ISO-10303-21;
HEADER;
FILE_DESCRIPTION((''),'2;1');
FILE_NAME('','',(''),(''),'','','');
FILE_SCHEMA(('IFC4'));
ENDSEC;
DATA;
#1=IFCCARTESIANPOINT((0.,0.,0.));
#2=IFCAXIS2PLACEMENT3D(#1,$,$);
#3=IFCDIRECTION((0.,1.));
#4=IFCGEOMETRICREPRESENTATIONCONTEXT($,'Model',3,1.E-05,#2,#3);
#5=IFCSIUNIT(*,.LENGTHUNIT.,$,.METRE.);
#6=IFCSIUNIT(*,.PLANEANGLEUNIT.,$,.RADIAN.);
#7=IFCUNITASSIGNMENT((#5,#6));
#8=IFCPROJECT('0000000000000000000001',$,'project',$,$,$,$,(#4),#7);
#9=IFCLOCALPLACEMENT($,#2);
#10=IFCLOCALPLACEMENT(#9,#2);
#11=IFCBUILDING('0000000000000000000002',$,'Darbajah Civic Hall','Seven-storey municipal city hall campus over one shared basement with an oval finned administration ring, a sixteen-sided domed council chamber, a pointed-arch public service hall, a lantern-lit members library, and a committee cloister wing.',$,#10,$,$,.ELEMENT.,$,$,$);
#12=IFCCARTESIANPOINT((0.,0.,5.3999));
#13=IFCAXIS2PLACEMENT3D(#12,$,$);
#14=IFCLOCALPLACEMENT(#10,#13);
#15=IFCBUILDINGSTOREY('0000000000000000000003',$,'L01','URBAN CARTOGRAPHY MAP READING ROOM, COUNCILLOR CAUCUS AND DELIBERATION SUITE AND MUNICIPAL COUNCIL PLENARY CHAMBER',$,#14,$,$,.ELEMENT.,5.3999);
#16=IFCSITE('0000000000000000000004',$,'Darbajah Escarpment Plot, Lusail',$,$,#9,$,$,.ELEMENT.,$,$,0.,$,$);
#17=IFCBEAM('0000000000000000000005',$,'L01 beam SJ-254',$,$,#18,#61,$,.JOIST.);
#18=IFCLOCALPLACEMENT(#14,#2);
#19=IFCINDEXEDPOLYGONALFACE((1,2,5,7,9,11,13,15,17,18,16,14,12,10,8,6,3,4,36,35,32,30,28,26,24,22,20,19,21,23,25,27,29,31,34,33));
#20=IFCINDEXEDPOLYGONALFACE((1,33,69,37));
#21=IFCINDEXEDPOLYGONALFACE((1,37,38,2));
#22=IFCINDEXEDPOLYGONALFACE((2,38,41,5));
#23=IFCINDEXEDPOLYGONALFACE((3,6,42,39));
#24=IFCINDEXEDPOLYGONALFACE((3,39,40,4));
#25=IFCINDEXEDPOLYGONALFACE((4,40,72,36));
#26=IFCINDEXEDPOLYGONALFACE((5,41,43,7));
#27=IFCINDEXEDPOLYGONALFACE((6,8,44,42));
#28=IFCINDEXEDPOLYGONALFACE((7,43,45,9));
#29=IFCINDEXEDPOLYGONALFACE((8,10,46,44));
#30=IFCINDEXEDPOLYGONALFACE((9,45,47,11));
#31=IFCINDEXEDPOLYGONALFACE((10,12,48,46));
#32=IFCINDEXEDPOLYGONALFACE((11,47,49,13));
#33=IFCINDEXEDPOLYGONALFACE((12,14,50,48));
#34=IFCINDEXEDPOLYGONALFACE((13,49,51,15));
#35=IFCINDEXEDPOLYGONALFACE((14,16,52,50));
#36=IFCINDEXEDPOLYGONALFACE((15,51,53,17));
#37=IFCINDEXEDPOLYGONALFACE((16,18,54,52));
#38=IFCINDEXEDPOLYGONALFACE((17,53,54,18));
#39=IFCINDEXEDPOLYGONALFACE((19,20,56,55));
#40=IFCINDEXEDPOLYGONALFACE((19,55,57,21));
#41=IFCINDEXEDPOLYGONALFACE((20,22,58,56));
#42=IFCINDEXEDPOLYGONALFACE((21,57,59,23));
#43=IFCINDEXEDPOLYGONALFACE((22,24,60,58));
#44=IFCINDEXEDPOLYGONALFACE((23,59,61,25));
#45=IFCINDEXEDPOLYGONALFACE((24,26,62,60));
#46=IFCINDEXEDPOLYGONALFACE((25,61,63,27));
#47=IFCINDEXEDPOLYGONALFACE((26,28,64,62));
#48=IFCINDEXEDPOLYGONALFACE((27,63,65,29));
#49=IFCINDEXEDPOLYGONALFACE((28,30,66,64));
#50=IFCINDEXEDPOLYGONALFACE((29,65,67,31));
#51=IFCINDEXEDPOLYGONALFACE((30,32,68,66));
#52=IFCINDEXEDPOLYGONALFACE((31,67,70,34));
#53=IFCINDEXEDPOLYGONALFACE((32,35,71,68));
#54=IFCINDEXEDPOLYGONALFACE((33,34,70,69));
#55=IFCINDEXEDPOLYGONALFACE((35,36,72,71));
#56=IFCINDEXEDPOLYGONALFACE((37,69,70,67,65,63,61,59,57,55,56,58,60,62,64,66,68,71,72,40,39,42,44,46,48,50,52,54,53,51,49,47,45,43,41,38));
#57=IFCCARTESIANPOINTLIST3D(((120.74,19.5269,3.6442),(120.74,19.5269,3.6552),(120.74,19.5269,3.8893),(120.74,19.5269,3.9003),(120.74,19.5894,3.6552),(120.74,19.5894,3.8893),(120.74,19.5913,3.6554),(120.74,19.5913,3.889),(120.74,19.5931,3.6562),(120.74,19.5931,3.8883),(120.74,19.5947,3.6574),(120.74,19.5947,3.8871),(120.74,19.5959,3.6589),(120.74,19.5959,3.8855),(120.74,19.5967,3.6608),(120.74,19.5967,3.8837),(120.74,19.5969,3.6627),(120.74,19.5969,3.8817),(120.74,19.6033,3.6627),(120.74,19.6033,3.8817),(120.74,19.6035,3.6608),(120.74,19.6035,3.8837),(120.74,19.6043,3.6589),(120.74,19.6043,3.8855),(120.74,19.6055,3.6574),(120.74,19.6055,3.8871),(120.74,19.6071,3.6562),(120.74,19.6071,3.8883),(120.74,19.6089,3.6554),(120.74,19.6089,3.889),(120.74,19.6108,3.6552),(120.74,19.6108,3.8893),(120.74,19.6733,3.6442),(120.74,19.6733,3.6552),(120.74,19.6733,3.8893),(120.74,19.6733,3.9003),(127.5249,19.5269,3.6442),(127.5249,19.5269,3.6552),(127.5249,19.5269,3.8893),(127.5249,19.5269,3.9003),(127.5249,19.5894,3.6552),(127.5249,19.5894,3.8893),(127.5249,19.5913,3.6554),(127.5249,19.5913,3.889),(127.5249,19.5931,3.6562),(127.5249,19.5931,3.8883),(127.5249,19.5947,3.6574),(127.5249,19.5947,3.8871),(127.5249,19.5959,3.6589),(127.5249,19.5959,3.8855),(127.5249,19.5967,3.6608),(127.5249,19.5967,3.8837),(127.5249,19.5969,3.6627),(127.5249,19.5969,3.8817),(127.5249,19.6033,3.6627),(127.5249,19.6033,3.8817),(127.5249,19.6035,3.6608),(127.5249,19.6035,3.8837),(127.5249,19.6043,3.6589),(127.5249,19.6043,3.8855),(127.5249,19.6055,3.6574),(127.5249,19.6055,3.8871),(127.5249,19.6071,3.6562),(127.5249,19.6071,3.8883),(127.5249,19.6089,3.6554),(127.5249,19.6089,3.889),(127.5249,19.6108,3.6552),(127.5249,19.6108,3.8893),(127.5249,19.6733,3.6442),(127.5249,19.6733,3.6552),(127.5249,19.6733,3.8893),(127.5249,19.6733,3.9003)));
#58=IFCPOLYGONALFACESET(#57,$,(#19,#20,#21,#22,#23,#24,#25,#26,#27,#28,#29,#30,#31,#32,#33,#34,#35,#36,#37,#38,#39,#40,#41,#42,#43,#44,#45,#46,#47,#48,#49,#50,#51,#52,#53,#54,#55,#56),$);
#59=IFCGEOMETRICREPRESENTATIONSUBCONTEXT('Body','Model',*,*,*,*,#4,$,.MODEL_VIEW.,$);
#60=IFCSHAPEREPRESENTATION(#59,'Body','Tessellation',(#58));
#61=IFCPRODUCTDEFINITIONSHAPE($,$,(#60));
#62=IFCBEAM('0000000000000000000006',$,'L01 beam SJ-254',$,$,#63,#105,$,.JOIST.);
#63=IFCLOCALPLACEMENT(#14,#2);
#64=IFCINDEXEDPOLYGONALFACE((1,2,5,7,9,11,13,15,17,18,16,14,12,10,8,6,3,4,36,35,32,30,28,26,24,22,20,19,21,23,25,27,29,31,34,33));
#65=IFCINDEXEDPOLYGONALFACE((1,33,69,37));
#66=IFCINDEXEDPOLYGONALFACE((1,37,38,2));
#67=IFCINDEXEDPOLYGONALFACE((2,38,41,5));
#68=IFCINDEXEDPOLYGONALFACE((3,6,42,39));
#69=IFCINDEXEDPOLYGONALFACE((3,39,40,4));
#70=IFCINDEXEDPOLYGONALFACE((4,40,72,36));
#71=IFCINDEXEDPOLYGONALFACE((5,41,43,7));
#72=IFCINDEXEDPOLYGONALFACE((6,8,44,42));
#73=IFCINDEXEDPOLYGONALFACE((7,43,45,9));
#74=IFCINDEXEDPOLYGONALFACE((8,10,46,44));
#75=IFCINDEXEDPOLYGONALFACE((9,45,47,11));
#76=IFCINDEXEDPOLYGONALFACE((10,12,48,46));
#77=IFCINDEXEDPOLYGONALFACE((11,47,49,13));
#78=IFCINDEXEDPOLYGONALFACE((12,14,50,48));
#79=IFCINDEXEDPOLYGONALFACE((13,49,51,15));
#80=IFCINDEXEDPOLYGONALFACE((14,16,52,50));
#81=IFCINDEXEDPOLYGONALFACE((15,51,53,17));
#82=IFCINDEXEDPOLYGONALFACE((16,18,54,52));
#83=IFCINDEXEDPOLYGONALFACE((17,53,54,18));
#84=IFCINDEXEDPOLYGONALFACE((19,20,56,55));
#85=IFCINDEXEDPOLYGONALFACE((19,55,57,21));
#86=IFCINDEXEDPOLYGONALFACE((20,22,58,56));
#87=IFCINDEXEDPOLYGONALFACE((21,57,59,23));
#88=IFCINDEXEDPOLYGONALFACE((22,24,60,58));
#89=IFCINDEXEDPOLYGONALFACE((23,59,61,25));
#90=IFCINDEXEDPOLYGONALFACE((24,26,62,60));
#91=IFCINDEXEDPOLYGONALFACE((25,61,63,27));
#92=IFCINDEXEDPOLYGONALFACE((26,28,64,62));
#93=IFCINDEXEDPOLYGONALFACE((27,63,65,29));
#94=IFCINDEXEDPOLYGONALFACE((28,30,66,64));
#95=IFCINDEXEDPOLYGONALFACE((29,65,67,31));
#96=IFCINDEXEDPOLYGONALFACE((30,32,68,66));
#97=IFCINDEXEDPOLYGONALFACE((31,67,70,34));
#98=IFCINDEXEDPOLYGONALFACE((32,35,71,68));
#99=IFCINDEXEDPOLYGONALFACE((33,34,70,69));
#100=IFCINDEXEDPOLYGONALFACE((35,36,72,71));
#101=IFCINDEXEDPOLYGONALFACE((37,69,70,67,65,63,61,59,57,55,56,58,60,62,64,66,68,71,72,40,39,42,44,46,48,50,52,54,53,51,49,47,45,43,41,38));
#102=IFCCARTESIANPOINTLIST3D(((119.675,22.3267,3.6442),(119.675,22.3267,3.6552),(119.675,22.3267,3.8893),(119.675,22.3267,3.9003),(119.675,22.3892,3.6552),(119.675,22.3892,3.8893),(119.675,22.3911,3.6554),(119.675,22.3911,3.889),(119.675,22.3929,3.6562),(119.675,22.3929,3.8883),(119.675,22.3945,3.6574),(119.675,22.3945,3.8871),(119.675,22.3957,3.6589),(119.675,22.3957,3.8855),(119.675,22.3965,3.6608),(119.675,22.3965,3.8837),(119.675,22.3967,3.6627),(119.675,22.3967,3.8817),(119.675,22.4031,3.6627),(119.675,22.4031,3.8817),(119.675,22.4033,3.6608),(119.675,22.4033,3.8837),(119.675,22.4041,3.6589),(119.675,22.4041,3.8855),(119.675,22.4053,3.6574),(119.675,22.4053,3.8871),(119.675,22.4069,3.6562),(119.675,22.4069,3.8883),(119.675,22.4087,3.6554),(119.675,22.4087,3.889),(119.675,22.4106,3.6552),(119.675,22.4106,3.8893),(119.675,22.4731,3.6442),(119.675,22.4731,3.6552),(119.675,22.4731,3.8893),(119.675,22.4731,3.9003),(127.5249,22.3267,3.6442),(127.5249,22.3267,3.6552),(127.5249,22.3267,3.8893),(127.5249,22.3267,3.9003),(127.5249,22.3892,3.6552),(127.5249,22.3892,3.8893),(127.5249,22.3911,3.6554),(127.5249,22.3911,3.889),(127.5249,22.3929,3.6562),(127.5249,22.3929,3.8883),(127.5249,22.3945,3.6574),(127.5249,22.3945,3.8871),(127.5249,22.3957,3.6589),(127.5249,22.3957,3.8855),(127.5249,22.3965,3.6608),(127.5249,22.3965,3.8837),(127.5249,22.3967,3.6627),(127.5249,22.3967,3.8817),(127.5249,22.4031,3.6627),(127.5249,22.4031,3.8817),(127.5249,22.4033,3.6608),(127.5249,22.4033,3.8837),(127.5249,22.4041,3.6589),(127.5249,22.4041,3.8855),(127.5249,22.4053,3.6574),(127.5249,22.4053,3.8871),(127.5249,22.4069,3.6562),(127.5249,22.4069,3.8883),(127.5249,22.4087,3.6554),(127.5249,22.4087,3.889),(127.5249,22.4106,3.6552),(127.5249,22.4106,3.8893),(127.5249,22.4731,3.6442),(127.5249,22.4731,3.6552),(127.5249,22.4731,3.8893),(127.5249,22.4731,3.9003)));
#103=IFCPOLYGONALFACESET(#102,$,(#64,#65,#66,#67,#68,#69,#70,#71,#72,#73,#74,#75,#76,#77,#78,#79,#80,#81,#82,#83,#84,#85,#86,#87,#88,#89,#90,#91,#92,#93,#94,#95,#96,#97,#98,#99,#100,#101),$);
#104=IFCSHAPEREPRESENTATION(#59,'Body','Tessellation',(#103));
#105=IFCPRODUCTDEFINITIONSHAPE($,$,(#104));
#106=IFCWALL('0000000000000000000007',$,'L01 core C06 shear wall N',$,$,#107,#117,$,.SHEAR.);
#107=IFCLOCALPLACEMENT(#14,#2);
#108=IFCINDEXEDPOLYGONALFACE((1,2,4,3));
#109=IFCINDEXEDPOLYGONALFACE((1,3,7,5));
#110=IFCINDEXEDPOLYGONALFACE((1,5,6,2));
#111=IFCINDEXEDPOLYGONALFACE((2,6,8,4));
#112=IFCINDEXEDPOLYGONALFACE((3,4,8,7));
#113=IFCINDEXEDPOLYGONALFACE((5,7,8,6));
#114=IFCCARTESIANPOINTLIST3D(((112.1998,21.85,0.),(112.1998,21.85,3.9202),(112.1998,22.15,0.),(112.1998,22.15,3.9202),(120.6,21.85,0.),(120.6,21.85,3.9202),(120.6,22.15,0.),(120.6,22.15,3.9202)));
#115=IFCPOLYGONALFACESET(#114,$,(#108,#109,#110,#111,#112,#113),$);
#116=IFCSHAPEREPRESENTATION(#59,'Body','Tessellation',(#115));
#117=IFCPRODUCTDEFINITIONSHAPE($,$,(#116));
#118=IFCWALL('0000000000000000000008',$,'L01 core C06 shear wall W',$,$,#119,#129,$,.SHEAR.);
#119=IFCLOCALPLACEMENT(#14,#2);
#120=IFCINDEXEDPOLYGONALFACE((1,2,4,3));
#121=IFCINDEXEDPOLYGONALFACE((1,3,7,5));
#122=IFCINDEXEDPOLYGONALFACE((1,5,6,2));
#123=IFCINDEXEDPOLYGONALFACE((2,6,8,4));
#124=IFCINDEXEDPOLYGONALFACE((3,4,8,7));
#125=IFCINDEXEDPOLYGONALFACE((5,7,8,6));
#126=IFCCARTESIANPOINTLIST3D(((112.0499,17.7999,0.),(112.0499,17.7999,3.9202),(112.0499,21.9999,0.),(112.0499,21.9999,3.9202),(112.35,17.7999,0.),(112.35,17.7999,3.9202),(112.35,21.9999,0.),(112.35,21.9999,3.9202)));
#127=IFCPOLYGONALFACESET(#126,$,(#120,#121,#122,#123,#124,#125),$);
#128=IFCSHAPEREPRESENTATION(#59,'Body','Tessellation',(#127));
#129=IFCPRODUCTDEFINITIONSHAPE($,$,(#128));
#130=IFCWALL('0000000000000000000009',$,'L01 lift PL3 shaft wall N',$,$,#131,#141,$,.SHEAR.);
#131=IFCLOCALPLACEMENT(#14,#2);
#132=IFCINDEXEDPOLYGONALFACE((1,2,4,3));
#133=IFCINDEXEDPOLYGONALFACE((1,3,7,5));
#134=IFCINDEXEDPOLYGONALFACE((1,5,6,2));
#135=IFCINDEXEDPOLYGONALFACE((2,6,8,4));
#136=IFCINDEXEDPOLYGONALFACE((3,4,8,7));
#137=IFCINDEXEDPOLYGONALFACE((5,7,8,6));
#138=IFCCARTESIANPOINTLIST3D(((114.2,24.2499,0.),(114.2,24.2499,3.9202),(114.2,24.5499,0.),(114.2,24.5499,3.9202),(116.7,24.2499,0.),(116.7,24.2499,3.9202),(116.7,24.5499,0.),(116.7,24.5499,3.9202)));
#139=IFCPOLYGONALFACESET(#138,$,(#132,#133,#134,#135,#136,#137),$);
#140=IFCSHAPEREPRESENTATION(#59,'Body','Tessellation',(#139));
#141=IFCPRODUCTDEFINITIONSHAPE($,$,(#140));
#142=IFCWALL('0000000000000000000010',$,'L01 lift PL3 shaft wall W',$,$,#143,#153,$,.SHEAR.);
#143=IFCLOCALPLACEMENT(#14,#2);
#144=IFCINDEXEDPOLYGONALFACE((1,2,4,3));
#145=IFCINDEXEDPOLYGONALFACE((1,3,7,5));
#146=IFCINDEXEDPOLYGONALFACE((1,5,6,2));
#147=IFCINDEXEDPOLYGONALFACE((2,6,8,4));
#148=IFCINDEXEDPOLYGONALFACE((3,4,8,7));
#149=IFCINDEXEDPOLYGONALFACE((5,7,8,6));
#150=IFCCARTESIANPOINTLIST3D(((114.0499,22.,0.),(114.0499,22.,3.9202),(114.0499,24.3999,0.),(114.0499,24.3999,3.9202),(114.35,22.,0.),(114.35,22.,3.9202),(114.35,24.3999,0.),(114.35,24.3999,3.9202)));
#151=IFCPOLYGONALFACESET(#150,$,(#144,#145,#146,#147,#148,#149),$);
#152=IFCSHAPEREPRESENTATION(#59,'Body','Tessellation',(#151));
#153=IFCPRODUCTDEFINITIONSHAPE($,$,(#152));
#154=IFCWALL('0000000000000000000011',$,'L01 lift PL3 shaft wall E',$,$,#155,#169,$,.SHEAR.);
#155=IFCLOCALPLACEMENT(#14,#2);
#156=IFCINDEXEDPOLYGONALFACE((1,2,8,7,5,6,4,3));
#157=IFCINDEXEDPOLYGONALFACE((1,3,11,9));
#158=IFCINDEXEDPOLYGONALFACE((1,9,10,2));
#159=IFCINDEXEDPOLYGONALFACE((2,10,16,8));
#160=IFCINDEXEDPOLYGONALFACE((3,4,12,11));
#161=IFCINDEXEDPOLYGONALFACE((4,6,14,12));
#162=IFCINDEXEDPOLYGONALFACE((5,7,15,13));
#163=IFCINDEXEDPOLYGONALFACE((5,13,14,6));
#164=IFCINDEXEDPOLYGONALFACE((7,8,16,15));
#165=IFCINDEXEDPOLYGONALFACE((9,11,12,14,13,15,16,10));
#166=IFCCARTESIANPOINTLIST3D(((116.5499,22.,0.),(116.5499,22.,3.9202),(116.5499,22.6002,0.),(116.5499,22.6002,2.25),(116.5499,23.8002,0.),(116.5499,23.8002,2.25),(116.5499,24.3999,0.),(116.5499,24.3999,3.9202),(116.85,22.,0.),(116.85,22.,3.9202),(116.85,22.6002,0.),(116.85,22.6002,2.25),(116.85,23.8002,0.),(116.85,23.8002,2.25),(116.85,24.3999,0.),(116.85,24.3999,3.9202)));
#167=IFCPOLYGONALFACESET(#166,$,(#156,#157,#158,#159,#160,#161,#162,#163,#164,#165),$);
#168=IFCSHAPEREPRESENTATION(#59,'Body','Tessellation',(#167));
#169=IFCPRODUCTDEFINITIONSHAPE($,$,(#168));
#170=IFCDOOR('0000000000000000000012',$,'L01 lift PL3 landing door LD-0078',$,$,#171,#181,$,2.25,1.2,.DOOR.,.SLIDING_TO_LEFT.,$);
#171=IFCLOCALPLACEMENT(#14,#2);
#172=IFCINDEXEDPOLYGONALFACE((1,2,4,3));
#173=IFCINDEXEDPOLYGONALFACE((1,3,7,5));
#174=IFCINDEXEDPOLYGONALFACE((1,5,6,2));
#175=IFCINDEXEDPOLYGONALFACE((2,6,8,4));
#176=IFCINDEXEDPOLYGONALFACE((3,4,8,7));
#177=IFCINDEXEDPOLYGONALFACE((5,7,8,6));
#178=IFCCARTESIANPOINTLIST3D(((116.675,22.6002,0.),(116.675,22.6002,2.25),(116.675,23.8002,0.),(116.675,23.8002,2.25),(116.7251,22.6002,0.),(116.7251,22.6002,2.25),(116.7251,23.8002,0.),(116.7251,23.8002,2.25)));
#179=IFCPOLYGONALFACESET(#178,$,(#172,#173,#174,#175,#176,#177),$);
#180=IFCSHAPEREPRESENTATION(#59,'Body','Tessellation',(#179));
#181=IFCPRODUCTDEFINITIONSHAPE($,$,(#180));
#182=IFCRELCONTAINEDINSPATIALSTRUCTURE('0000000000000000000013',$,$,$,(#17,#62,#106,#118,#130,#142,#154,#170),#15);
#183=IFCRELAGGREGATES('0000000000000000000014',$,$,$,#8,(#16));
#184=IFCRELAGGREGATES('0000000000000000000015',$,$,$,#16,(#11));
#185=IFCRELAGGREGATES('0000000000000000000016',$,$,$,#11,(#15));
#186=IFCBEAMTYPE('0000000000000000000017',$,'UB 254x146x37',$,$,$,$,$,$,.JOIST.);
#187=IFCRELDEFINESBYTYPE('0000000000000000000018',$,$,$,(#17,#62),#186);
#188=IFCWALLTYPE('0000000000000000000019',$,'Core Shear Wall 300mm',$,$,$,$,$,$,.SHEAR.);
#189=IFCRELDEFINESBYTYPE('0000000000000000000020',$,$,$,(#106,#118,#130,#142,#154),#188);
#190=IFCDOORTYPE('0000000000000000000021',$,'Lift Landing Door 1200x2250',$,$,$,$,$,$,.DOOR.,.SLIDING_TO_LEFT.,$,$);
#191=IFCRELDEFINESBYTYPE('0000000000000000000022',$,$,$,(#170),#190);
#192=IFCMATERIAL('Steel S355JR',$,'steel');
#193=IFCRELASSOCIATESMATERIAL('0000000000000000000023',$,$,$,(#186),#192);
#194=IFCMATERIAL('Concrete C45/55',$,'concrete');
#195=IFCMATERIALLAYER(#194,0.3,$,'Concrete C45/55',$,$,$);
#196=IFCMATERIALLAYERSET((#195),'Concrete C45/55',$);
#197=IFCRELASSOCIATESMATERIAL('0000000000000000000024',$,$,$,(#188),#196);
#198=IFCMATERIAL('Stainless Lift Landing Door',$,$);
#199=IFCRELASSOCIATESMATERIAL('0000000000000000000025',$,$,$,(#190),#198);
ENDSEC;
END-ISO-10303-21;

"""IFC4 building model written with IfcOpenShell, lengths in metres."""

from ifc_helpers import new_model, si_unit, direction, frame, frame_2d, origin, origin_2d, place, context, subcontext, project, spatial, rectangle, i_section, extrude, material, layer, layer_set, material_profile, profile_set, type_object, element, fill, save


model = new_model("IFC4")

# Units and contexts
model_context = context("Model", 3, precision=1e-05, world=origin(), true_north=direction((0.0, 1.0)))
body_context = subcontext(model_context, "Body", "Model", "MODEL_VIEW")
ifc_project = project(units=[si_unit("LENGTHUNIT", "METRE"), si_unit("PLANEANGLEUNIT", "RADIAN")], contexts=[model_context])

# Site, building, storey
site_placement = place(None, origin())
site = spatial("IfcSite", under=ifc_project, at=site_placement, Name="Darbajah Escarpment Plot, Lusail", CompositionType="ELEMENT", RefElevation=0.0)
building_placement = place(site_placement, origin())
building = spatial("IfcBuilding", under=site, at=building_placement, Name="Darbajah Civic Hall", Description="Seven-storey municipal city hall campus over one shared basement with an oval finned administration ring, a sixteen-sided domed council chamber, a pointed-arch public service hall, a lantern-lit members library, and a committee cloister wing.", CompositionType="ELEMENT")
storey_placement = place(building_placement, frame((0.0, 0.0, 5.3999)))
storey = spatial("IfcBuildingStorey", under=building, at=storey_placement, Name="L01", Description="URBAN CARTOGRAPHY MAP READING ROOM, COUNCILLOR CAUCUS AND DELIBERATION SUITE AND MUNICIPAL COUNCIL PLENARY CHAMBER", CompositionType="ELEMENT", Elevation=5.3999)

# Shared definitions
ifc_material_1 = material(Name="Concrete C45/55", Category="concrete")

# Beams
ifc_material_2 = material(Name="Steel S355JR", Category="steel")
ifc_material_profile_1 = material_profile(ifc_material_2, i_section(OverallWidth=0.1465, OverallDepth=0.2561, WebThickness=0.0063, FlangeThickness=0.011, FilletRadius=0.0076, at=origin_2d()), Name="UB 254x146x37")
ifc_profile_set_1 = profile_set([ifc_material_profile_1], Name="Steel S355JR")
beam_type_1 = type_object("IfcBeamType", Name="UB 254x146x37", PredefinedType="JOIST", material=ifc_profile_set_1)
beam_1_placement = place(storey_placement, frame((120.74, 19.6001, 3.7722), z_axis=(1.0, 0.0, 0.0), x_axis=(0.0, 1.0, 0.0)))
element("IfcBeam", 1, at=beam_1_placement, inside=storey, type_object=beam_type_1, Name="L01 beam SJ-254", PredefinedType="JOIST", context=body_context, shape_type="SweptSolid", body=[
    extrude(i_section(OverallWidth=0.1465, OverallDepth=0.2561, WebThickness=0.0063, FlangeThickness=0.011, FilletRadius=0.0076, at=origin_2d()), origin(), (0.0, 0.0, 1.0), 6.7849),
])
beam_2_placement = place(storey_placement, frame((119.675, 22.3999, 3.7722), z_axis=(1.0, 0.0, 0.0), x_axis=(0.0, 1.0, 0.0)))
element("IfcBeam", 2, at=beam_2_placement, inside=storey, type_object=beam_type_1, Name="L01 beam SJ-254", PredefinedType="JOIST", context=body_context, shape_type="SweptSolid", body=[
    extrude(i_section(OverallWidth=0.1465, OverallDepth=0.2561, WebThickness=0.0063, FlangeThickness=0.011, FilletRadius=0.0076, at=origin_2d()), origin(), (0.0, 0.0, 1.0), 7.8499),
])

# Walls
ifc_layer_1 = layer(ifc_material_1, 0.3, Name="Concrete C45/55")
ifc_layer_set_1 = layer_set([ifc_layer_1], Name="Concrete C45/55")
wall_type_1 = type_object("IfcWallType", Name="Core Shear Wall 300mm", PredefinedType="SHEAR", material=ifc_layer_set_1)
wall_1_placement = place(storey_placement, frame((120.6001, 22.0, 0.0), z_axis=(0.0, 0.0, 1.0), x_axis=(-1.0, 0.0, 0.0)))
element("IfcWall", 3, at=wall_1_placement, inside=storey, type_object=wall_type_1, Name="L01 core C06 shear wall N", PredefinedType="SHEAR", context=body_context, shape_type="SweptSolid", body=[
    extrude(rectangle(XDim=8.4001, YDim=0.3, at=frame_2d((4.2002, 0.0))), origin(), (0.0, 0.0, 1.0), 3.9202),
])
wall_2_placement = place(storey_placement, frame((112.2, 22.0, 0.0), z_axis=(0.0, 0.0, 1.0), x_axis=(0.0, -1.0, 0.0)))
element("IfcWall", 4, at=wall_2_placement, inside=storey, type_object=wall_type_1, Name="L01 core C06 shear wall W", PredefinedType="SHEAR", context=body_context, shape_type="SweptSolid", body=[
    extrude(rectangle(XDim=4.2, YDim=0.3, at=frame_2d((2.1001, 0.0))), origin(), (0.0, 0.0, 1.0), 3.9202),
])
wall_3_placement = place(storey_placement, frame((116.7, 24.3999, 0.0), z_axis=(0.0, 0.0, 1.0), x_axis=(-1.0, 0.0, 0.0)))
element("IfcWall", 5, at=wall_3_placement, inside=storey, type_object=wall_type_1, Name="L01 lift PL3 shaft wall N", PredefinedType="SHEAR", context=body_context, shape_type="SweptSolid", body=[
    extrude(rectangle(XDim=2.5, YDim=0.3, at=frame_2d((1.25, 0.0))), origin(), (0.0, 0.0, 1.0), 3.9202),
])
wall_4_placement = place(storey_placement, frame((114.2, 24.3999, 0.0), z_axis=(0.0, 0.0, 1.0), x_axis=(0.0, -1.0, 0.0)))
element("IfcWall", 6, at=wall_4_placement, inside=storey, type_object=wall_type_1, Name="L01 lift PL3 shaft wall W", PredefinedType="SHEAR", context=body_context, shape_type="SweptSolid", body=[
    extrude(rectangle(XDim=2.3999, YDim=0.3, at=frame_2d((1.2, 0.0))), origin(), (0.0, 0.0, 1.0), 3.9202),
])

# Wall, opening, door
wall_5_placement = place(storey_placement, frame((116.7, 22.0, 0.0), z_axis=(0.0, 0.0, 1.0), x_axis=(0.0, 1.0, 0.0)))
wall_5 = element("IfcWall", 7, at=wall_5_placement, inside=storey, type_object=wall_type_1, Name="L01 lift PL3 shaft wall E", PredefinedType="SHEAR", context=body_context, shape_type="SweptSolid", body=[
    extrude(rectangle(XDim=2.3999, YDim=0.3, at=frame_2d((1.2, 0.0))), origin(), (0.0, 0.0, 1.0), 3.9202),
])
opening_1_placement = place(wall_5_placement, frame((0.6001, 0.0, 0.0)))
opening_1 = element("IfcOpeningElement", 8, at=opening_1_placement, cuts=wall_5, PredefinedType="OPENING", context=body_context, shape_type="SweptSolid", body=[
    extrude(rectangle(XDim=1.2, YDim=2.25, at=frame_2d((0.6001, 1.125))), frame((0.0, 0.1599, 0.0), z_axis=(0.0, -1.0, 0.0), x_axis=(1.0, 0.0, 0.0)), (0.0, 0.0, 1.0), 0.3201),
])
ifc_material_3 = material(Name="Stainless Lift Landing Door")
door_type = type_object("IfcDoorType", Name="Lift Landing Door 1200x2250", OperationType="SLIDING_TO_LEFT", PredefinedType="DOOR", material=ifc_material_3)
door_placement = place(opening_1_placement, origin())
door = element("IfcDoor", 9, at=door_placement, inside=storey, type_object=door_type, Name="L01 lift PL3 landing door LD-0078", OperationType="SLIDING_TO_LEFT", OverallHeight=2.25, OverallWidth=1.2, PredefinedType="DOOR", context=body_context, shape_type="SweptSolid", body=[
    extrude(rectangle(XDim=1.2, YDim=2.25, at=frame_2d((0.6001, 1.125))), frame((0.0, 0.0249, 0.0), z_axis=(0.0, -1.0, 0.0), x_axis=(1.0, 0.0, 0.0)), (0.0, 0.0, 1.0), 0.05),
])
fill(opening_1, door)

save(model, "model.ifc")
